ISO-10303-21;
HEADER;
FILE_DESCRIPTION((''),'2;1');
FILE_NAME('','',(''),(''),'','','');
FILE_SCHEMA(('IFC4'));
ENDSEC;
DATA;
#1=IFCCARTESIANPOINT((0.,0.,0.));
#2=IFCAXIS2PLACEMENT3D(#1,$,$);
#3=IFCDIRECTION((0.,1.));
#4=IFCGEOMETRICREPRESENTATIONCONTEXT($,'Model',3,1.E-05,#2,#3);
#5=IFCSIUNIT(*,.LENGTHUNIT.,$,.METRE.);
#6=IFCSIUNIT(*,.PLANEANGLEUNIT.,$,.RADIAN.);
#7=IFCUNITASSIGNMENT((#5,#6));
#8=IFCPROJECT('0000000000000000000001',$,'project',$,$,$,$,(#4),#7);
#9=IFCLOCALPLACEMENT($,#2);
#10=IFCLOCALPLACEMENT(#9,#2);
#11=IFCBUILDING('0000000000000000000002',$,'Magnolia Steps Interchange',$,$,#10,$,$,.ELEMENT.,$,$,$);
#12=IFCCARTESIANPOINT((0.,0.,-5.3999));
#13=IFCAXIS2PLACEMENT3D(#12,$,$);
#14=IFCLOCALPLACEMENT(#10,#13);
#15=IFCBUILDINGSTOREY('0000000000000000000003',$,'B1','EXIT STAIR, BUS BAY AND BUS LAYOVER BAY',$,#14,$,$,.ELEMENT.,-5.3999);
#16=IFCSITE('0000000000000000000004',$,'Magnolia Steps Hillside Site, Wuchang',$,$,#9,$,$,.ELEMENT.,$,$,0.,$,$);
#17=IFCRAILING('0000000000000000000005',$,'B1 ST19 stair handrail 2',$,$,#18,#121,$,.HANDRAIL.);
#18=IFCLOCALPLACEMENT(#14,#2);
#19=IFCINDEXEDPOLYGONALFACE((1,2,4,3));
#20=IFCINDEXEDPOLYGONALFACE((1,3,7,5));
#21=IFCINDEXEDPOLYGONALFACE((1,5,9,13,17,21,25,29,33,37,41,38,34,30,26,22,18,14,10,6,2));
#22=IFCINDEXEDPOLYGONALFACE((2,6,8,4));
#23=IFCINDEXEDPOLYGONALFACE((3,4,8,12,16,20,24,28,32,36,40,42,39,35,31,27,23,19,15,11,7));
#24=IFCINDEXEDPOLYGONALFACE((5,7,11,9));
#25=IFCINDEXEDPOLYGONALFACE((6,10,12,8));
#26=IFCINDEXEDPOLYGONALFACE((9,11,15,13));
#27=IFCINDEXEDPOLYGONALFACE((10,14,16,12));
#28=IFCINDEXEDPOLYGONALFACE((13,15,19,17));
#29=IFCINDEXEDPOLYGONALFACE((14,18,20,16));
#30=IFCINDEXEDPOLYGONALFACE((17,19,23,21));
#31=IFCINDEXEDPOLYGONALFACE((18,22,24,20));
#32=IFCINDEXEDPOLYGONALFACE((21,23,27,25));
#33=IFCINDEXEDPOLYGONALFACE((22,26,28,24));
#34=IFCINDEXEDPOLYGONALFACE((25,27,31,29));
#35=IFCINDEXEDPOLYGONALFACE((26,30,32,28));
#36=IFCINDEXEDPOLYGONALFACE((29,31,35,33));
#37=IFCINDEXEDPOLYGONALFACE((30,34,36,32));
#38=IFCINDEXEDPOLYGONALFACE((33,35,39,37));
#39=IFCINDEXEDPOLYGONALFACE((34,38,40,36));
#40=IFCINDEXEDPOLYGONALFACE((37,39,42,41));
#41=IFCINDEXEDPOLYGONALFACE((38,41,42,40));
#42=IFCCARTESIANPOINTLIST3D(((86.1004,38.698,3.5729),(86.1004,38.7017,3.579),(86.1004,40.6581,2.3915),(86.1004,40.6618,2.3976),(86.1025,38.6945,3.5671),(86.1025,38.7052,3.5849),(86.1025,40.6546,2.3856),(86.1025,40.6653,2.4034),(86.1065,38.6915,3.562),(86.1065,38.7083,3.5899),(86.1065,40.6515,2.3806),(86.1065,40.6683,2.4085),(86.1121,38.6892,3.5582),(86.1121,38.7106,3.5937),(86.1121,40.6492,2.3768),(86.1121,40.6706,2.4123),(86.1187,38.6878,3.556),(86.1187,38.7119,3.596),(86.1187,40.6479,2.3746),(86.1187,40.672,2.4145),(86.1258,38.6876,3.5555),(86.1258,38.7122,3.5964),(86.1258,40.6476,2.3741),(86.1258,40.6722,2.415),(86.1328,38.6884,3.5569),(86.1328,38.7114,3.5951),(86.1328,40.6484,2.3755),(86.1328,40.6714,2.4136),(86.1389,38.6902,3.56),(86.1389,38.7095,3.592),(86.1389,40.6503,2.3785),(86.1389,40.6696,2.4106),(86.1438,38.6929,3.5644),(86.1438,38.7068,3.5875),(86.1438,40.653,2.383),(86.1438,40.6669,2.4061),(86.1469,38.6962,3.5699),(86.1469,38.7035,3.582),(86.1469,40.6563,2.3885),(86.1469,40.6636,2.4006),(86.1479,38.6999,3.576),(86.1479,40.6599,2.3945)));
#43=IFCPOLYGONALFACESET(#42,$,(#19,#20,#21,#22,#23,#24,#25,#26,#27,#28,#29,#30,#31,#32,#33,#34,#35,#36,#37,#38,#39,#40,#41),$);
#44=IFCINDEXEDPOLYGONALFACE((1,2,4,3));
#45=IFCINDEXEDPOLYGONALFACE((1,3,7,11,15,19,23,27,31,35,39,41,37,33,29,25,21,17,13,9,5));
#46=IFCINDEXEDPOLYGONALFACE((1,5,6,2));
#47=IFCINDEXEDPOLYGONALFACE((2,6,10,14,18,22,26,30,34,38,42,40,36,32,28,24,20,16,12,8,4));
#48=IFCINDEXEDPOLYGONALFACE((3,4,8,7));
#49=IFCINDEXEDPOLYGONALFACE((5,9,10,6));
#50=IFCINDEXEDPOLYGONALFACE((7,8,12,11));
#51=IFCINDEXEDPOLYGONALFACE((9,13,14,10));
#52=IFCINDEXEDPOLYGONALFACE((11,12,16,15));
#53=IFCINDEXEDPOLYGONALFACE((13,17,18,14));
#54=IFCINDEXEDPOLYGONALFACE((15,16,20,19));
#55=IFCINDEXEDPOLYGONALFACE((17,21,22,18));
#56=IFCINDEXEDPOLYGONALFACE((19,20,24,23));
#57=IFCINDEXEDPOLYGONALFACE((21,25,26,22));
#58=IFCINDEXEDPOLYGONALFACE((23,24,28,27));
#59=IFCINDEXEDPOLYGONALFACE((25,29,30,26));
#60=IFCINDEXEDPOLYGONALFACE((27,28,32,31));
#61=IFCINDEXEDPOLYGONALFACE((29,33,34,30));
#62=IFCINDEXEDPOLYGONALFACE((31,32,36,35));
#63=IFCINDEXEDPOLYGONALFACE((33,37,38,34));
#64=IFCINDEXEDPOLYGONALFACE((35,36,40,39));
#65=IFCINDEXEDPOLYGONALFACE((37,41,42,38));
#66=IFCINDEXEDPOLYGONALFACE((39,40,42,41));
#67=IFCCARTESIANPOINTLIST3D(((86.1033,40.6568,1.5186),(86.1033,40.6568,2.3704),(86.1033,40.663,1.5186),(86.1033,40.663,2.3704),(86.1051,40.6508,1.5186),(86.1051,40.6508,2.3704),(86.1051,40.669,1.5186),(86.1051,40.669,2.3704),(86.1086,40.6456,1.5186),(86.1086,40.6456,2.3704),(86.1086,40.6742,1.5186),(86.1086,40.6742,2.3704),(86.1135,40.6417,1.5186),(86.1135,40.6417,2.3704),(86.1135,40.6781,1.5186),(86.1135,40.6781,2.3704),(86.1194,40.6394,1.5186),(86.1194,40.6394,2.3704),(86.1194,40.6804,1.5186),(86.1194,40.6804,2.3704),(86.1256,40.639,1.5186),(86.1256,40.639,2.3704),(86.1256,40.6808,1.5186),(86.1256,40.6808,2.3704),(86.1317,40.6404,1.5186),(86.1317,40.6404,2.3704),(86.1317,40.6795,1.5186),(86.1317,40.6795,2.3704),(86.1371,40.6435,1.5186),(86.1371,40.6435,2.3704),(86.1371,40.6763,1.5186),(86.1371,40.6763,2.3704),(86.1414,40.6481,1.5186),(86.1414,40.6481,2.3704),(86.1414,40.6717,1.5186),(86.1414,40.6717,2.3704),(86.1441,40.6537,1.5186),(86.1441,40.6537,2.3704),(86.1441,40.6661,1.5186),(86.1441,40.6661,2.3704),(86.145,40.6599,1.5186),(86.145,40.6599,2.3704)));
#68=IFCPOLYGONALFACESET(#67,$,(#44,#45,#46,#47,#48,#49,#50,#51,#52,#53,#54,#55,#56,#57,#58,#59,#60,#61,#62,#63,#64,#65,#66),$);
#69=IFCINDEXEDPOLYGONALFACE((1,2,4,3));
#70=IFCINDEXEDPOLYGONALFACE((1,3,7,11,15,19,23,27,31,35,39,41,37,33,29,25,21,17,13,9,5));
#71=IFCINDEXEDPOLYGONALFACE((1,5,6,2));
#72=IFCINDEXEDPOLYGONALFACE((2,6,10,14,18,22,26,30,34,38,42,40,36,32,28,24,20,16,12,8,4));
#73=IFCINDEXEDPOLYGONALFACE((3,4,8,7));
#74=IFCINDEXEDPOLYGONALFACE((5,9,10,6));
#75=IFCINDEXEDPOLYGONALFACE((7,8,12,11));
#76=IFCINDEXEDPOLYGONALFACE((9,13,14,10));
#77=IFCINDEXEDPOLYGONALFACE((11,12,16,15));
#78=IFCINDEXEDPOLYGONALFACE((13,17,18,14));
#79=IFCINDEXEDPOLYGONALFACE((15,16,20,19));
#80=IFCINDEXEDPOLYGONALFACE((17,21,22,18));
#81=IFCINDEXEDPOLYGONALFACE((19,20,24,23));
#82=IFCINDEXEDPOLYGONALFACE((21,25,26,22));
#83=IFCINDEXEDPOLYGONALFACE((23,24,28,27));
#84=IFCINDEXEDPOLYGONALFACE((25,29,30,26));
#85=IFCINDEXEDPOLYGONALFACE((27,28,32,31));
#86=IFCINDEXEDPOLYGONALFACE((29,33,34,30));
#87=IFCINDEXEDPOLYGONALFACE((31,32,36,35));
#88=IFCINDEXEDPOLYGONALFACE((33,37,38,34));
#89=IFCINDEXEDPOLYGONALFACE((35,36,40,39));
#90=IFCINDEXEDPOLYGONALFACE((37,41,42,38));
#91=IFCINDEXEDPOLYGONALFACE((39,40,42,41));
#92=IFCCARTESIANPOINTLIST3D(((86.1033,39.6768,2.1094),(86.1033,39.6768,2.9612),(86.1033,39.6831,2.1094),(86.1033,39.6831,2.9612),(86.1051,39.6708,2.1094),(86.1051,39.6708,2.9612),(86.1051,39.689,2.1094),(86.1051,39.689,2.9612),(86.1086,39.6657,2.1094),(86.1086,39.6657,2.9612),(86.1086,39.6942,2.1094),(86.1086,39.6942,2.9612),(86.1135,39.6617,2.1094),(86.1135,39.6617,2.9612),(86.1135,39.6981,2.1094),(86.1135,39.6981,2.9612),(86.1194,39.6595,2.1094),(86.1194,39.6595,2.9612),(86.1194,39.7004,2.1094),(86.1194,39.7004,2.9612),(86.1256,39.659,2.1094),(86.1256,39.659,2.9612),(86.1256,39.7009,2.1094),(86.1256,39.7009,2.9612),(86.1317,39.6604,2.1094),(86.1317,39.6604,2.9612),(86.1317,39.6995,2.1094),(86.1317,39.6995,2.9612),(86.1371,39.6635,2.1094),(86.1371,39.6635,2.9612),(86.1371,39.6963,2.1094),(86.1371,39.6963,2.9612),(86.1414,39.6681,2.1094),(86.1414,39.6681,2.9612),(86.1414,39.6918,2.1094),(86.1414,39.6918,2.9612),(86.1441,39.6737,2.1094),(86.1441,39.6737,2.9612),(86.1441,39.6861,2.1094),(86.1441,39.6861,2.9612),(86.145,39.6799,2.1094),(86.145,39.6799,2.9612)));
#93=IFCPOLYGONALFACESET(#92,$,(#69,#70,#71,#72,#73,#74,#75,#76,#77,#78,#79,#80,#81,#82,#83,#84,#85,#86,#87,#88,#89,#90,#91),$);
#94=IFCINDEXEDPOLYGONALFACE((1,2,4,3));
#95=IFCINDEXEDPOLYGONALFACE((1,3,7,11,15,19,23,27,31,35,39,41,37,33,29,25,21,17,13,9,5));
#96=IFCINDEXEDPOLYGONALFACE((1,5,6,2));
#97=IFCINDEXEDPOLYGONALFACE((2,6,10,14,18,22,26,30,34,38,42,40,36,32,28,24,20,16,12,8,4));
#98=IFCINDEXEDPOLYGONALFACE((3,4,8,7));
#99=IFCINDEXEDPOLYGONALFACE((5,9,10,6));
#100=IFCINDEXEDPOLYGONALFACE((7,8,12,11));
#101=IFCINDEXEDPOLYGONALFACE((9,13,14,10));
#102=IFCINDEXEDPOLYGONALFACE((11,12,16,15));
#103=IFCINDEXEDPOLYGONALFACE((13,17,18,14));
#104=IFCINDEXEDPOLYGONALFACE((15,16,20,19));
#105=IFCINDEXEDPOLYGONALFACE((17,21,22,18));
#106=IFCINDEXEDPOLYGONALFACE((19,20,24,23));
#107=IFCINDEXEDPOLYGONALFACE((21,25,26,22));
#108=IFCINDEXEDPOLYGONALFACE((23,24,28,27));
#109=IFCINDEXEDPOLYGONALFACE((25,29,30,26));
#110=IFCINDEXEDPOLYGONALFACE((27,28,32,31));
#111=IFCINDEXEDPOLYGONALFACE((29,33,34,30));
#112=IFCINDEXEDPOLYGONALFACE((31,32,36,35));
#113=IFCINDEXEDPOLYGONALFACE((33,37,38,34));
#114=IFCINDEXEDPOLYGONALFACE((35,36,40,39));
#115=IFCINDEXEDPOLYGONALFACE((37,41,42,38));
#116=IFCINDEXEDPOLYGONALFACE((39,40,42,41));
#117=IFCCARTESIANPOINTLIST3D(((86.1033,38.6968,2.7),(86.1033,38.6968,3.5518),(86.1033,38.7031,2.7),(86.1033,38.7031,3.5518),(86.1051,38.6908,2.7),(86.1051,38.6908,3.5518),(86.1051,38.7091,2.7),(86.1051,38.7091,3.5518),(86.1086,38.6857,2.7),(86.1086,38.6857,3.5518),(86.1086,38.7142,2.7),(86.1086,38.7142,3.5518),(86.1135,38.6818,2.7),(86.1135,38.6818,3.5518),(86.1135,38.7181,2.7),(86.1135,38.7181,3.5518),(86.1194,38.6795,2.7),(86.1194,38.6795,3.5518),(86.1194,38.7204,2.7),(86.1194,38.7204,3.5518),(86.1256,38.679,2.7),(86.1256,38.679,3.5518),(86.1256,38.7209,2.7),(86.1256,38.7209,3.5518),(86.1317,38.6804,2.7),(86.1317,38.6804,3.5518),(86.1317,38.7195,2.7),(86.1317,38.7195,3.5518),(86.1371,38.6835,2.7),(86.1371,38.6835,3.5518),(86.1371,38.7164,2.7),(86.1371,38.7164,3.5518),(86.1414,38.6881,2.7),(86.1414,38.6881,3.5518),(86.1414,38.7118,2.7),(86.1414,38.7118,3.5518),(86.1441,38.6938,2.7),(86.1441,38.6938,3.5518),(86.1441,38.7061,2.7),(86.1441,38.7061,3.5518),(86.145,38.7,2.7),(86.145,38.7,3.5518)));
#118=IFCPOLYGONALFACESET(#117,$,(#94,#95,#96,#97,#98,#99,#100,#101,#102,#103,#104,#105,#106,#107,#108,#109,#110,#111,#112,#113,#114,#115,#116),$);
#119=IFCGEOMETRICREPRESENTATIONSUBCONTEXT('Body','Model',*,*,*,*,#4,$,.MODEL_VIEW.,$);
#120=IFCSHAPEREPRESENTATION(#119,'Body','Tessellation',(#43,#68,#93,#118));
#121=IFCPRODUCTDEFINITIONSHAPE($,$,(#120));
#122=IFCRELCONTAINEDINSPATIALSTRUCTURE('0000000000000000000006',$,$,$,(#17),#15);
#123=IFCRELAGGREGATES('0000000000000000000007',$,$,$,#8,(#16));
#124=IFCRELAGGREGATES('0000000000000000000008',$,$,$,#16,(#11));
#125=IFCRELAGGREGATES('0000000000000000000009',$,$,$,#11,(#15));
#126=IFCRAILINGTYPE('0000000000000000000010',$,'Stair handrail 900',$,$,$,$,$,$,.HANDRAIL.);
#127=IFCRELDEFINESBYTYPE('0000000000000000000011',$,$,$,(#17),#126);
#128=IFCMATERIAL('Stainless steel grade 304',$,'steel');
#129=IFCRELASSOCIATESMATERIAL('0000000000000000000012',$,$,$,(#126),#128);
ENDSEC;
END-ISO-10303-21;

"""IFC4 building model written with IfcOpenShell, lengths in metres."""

from ifc_helpers import new_model, si_unit, direction, frame, origin, origin_2d, place, context, subcontext, project, spatial, circle, extrude, material, type_object, element, save


model = new_model("IFC4")

# Units and contexts
model_context = context("Model", 3, precision=1e-05, world=origin(), true_north=direction((0.0, 1.0)))
body_context = subcontext(model_context, "Body", "Model", "MODEL_VIEW")
ifc_project = project(units=[si_unit("LENGTHUNIT", "METRE"), si_unit("PLANEANGLEUNIT", "RADIAN")], contexts=[model_context])

# Site, building, storey
site_placement = place(None, origin())
site = spatial("IfcSite", under=ifc_project, at=site_placement, Name="Magnolia Steps Hillside Site, Wuchang", CompositionType="ELEMENT", RefElevation=0.0)
building_placement = place(site_placement, origin())
building = spatial("IfcBuilding", under=site, at=building_placement, Name="Magnolia Steps Interchange", CompositionType="ELEMENT")
storey_placement = place(building_placement, frame((0.0, 0.0, -5.3999)))
storey = spatial("IfcBuildingStorey", under=building, at=storey_placement, Name="B1", Description="EXIT STAIR, BUS BAY AND BUS LAYOVER BAY", CompositionType="ELEMENT", Elevation=-5.3999)

# Railing
ifc_material_1 = material(Name="Stainless steel grade 304", Category="steel")
railing_type_1 = type_object("IfcRailingType", Name="Stair handrail 900", PredefinedType="HANDRAIL", material=ifc_material_1)
railing_1_placement = place(storey_placement, frame((86.124, 40.6599, 1.5186)))
element("IfcRailing", 1, at=railing_1_placement, inside=storey, type_object=railing_type_1, Name="B1 ST19 stair handrail 2", PredefinedType="HANDRAIL", context=body_context, shape_type="SweptSolid", body=[
    extrude(circle(Radius=0.0239, at=origin_2d()), frame((0.0, 0.0, 0.876), z_axis=(0.0, -0.856446, 0.516236), x_axis=(1.0, 0.0, 0.0)), (0.0, 0.0, 1.0), 2.2886),
    extrude(circle(Radius=0.021, at=origin_2d()), origin(), (0.0, 0.0, 1.0), 0.8518),
    extrude(circle(Radius=0.021, at=origin_2d()), frame((0.0, -0.98, 0.5908)), (0.0, 0.0, 1.0), 0.8518),
    extrude(circle(Radius=0.021, at=origin_2d()), frame((0.0, -1.96, 1.1814)), (0.0, 0.0, 1.0), 0.8518),
])

save(model, "model.ifc")
